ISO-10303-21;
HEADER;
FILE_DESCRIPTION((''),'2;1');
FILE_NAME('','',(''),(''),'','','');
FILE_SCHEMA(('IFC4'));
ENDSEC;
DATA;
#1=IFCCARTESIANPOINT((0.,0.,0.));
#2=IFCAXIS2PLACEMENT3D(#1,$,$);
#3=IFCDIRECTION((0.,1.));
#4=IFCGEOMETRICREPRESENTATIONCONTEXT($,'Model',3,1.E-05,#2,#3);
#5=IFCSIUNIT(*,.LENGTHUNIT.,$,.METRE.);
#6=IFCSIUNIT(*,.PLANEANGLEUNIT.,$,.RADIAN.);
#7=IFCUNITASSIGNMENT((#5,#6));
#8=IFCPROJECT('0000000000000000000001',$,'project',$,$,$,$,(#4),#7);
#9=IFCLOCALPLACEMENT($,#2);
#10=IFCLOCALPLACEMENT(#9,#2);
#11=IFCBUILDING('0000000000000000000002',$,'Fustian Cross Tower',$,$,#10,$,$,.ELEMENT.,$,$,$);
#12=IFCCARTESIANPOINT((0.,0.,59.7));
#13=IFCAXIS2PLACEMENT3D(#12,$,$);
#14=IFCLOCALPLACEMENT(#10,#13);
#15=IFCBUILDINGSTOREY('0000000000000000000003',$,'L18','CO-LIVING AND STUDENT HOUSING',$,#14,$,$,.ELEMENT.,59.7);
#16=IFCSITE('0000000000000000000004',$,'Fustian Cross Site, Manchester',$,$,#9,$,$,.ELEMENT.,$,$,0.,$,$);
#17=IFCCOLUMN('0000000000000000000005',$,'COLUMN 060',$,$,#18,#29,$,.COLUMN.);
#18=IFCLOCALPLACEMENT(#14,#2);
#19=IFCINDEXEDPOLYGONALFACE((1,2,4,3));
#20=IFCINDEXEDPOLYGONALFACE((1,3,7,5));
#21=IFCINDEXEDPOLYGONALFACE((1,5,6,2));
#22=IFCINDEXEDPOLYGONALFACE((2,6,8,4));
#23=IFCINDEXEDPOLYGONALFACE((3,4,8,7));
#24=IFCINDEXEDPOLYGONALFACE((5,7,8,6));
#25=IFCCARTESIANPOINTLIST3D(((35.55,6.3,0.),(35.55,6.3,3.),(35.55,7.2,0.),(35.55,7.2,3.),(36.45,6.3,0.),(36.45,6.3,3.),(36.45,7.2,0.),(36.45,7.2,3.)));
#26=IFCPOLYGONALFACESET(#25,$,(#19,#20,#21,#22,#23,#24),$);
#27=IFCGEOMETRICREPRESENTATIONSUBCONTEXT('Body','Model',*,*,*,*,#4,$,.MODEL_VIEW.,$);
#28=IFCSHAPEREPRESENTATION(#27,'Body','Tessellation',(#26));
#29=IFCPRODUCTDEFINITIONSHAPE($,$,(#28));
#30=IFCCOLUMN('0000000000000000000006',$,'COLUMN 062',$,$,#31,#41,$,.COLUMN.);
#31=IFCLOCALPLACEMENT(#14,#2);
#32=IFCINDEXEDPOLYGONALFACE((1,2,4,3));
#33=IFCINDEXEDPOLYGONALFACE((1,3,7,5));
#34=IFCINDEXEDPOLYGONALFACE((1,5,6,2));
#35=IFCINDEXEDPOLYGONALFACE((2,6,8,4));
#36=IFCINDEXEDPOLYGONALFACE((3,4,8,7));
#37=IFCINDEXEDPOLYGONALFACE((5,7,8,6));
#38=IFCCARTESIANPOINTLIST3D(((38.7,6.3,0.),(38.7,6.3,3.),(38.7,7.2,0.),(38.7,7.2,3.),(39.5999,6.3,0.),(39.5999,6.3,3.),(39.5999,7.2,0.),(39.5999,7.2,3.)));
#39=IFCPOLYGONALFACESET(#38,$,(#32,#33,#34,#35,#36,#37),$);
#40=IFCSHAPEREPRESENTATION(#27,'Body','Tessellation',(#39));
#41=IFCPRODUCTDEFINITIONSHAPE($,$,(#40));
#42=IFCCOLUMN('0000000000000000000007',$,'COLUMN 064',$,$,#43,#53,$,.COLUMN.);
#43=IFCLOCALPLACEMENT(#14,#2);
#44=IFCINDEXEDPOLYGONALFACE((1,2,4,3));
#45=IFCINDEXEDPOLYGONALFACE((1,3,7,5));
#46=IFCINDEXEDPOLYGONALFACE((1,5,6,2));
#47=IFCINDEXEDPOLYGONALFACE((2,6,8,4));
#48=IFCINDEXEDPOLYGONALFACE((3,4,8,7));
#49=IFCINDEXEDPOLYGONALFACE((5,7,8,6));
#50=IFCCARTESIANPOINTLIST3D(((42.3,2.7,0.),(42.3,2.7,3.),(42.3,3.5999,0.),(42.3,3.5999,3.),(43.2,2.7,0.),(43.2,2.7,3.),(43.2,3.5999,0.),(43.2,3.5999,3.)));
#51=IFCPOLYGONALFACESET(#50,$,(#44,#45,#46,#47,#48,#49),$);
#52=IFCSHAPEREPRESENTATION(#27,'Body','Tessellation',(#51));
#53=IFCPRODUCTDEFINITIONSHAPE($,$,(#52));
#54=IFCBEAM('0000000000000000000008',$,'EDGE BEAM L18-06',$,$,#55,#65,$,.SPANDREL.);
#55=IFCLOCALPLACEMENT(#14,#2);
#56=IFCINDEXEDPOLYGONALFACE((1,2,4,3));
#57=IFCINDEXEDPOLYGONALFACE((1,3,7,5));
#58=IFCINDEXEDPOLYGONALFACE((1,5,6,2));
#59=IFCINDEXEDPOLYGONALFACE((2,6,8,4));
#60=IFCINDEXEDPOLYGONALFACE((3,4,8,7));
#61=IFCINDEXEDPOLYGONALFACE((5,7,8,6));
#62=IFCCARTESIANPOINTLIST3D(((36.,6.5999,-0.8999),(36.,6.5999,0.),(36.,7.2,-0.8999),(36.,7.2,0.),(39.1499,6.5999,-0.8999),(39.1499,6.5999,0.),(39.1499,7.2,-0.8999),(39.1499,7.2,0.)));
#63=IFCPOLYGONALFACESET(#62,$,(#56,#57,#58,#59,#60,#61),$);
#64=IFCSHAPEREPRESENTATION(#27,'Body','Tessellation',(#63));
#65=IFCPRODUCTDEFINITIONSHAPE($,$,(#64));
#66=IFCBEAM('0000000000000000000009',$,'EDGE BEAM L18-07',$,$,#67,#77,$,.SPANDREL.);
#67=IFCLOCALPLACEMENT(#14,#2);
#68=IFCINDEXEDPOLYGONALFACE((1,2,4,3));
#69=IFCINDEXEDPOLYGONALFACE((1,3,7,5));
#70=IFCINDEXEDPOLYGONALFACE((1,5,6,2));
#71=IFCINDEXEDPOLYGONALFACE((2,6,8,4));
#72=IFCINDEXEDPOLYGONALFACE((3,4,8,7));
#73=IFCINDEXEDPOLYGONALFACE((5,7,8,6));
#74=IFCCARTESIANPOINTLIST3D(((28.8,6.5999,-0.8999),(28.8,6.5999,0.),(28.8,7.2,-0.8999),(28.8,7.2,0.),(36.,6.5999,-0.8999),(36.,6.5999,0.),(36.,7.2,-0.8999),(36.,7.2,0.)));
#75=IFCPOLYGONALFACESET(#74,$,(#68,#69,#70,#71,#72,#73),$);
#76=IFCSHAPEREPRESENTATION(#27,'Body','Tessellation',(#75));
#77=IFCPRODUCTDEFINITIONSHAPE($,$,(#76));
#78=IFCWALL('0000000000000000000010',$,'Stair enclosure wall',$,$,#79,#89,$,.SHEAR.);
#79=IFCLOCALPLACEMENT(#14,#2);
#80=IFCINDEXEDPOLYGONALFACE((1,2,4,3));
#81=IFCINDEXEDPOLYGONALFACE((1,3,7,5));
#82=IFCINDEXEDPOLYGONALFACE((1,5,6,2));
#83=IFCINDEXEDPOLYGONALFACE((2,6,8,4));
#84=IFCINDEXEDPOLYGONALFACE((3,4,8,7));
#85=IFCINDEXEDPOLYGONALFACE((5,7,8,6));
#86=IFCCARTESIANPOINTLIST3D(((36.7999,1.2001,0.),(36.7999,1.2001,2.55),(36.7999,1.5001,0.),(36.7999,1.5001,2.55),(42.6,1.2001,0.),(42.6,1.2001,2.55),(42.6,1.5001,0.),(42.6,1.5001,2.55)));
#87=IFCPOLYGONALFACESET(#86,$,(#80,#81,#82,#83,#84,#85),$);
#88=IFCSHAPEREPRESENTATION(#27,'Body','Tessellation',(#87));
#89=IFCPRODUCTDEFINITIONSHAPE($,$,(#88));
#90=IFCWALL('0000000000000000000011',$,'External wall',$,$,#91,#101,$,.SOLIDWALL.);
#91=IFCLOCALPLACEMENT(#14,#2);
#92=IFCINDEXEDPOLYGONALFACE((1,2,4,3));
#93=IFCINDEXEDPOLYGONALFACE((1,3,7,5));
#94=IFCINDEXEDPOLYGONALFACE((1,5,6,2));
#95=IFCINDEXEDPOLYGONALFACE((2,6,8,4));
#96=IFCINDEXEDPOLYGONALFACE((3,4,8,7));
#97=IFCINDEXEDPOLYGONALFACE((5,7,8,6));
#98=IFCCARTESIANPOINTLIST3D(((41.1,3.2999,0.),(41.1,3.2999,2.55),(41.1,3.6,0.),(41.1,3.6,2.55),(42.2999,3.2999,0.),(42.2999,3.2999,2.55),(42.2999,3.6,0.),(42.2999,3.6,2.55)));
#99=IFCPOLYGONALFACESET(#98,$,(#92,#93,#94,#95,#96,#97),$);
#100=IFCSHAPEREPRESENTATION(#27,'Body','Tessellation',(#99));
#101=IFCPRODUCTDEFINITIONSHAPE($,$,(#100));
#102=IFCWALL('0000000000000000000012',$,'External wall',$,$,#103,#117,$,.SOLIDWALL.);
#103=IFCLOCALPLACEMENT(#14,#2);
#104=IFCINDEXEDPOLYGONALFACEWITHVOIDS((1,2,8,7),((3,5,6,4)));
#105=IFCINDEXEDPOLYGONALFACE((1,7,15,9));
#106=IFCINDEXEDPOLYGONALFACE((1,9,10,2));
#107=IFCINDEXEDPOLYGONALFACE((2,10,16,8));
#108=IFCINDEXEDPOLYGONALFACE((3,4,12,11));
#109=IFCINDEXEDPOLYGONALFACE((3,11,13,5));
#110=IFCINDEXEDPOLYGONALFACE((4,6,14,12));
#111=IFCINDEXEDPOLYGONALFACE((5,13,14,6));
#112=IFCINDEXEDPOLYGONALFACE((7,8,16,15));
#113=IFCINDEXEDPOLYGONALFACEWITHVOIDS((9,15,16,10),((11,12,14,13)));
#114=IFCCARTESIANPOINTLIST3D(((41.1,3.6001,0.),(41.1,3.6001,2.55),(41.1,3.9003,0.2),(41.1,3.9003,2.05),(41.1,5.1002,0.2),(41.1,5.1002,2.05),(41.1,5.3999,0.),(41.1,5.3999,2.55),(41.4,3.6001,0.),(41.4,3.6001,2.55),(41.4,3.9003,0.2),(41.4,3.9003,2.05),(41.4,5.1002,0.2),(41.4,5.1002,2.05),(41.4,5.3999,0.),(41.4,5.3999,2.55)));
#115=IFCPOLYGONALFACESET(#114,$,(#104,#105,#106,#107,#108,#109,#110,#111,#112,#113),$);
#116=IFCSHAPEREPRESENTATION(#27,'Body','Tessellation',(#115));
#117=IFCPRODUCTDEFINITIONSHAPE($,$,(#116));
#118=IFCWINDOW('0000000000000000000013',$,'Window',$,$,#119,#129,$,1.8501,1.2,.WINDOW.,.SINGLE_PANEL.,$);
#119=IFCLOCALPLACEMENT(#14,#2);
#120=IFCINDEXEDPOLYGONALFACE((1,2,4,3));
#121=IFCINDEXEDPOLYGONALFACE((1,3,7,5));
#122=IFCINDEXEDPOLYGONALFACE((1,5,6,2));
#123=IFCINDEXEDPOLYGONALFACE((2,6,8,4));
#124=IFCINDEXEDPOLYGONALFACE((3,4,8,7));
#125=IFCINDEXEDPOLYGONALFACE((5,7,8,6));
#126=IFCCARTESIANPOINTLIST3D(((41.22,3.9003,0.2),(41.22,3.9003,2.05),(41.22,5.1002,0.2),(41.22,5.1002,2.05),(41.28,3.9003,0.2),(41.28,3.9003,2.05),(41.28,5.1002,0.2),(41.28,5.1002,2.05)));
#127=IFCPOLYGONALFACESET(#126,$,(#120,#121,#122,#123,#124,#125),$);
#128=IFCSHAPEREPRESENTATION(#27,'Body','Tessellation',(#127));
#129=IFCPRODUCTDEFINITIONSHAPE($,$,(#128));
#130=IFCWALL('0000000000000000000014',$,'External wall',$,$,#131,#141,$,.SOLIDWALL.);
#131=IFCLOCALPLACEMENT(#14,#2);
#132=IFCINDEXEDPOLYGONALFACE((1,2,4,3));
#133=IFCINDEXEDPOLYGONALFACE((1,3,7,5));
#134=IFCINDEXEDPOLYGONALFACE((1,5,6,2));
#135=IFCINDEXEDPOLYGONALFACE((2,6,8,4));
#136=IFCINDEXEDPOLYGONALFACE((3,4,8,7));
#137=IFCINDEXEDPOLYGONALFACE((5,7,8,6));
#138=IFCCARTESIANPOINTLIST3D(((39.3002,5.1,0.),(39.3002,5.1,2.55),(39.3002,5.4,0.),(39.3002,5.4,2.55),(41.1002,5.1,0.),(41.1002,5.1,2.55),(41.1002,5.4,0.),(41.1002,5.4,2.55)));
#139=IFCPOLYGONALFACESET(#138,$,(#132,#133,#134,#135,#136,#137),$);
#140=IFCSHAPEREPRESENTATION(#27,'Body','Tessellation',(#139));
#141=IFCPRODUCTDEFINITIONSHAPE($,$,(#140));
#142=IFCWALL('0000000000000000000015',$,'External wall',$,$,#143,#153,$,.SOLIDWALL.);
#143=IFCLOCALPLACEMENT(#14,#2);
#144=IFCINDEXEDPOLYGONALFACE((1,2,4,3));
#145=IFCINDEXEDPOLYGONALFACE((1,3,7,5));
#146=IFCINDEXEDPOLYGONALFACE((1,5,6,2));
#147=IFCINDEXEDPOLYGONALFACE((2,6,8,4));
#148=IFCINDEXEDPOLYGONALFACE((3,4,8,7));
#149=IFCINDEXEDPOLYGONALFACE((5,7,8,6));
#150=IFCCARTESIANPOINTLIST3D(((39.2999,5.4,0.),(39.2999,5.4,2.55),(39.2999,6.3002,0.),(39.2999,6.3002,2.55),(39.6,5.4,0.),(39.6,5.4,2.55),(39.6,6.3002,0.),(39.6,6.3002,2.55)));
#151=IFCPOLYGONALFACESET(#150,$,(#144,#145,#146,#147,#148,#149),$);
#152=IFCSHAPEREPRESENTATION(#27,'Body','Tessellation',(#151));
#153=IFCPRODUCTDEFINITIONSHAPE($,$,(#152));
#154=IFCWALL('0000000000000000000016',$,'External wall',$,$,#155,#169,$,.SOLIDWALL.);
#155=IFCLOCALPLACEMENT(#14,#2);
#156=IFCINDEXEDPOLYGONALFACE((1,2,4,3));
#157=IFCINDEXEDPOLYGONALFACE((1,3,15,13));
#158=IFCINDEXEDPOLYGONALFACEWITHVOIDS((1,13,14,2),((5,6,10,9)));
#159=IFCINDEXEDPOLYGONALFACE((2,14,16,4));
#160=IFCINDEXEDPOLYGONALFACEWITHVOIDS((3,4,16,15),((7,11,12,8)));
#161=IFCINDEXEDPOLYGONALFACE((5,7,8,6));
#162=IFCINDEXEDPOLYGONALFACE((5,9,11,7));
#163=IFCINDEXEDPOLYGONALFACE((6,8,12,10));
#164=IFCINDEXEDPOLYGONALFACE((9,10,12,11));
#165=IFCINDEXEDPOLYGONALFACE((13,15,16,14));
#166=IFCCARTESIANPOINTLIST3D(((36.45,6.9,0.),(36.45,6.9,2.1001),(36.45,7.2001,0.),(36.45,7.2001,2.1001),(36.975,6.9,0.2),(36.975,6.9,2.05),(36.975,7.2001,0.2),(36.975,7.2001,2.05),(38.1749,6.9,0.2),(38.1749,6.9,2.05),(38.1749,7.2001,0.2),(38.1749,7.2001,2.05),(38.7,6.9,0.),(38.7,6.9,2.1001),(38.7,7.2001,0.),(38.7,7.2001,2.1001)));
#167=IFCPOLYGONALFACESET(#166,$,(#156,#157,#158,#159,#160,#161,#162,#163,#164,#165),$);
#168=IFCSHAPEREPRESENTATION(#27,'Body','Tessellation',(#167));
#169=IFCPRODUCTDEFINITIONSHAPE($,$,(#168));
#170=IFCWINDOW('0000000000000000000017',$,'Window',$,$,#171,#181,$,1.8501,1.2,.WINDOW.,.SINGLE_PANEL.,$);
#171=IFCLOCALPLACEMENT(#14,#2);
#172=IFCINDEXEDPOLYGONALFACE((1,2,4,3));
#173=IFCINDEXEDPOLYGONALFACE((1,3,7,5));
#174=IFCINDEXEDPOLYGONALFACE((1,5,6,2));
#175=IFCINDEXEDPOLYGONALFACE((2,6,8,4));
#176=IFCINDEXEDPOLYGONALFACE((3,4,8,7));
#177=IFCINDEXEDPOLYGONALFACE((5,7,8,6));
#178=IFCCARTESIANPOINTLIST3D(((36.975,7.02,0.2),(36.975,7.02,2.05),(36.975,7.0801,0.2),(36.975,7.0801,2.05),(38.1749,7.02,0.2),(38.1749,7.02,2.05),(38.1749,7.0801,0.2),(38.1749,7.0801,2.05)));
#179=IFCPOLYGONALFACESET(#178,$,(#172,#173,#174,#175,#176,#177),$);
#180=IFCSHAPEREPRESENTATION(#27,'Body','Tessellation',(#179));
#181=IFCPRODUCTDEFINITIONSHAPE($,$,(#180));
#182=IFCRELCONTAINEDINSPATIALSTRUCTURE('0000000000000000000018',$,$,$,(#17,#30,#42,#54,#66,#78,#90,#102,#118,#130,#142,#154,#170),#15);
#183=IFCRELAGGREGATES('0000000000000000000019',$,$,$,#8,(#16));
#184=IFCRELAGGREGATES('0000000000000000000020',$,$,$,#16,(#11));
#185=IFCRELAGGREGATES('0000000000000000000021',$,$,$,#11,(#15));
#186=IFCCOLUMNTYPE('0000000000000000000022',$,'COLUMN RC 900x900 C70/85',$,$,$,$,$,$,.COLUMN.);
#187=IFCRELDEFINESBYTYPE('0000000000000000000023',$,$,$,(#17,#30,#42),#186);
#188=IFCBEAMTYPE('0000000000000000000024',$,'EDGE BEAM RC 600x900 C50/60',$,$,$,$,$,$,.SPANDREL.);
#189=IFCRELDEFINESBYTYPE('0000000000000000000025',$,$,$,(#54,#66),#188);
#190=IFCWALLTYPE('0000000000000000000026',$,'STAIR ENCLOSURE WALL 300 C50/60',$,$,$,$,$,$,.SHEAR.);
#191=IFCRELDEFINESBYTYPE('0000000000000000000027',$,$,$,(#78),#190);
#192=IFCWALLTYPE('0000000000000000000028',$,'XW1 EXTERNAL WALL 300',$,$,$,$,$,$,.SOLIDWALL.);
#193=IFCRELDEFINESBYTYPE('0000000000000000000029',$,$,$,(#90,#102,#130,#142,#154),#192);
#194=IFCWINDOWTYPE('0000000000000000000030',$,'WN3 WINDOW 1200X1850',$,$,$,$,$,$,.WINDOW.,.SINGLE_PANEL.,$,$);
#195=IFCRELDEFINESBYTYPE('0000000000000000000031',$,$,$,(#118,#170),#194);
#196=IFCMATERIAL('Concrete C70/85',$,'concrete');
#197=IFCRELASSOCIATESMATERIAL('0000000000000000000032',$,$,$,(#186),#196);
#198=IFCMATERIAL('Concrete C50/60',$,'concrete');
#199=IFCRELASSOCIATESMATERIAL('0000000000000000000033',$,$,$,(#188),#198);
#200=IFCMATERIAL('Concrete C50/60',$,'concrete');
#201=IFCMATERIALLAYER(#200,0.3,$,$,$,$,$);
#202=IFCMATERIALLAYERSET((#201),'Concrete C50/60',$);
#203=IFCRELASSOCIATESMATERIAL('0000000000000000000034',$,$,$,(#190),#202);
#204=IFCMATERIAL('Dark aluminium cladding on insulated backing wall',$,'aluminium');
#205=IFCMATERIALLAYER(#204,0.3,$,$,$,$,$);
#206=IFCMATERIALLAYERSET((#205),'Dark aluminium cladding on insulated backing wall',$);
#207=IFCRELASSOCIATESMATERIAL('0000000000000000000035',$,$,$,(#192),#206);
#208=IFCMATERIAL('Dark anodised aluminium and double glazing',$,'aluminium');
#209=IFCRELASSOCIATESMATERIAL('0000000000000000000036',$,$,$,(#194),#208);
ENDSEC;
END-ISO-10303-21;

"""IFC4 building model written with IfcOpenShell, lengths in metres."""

from ifc_helpers import new_model, si_unit, direction, frame, frame_2d, origin, origin_2d, place, context, subcontext, project, spatial, rectangle, extrude, material, layer, layer_set, material_profile, profile_set, type_object, element, fill, save


model = new_model("IFC4")

# Units and contexts
model_context = context("Model", 3, precision=1e-05, world=origin(), true_north=direction((0.0, 1.0)))
body_context = subcontext(model_context, "Body", "Model", "MODEL_VIEW")
ifc_project = project(units=[si_unit("LENGTHUNIT", "METRE"), si_unit("PLANEANGLEUNIT", "RADIAN")], contexts=[model_context])

# Site, building, storey
site_placement = place(None, origin())
site = spatial("IfcSite", under=ifc_project, at=site_placement, Name="Fustian Cross Site, Manchester", CompositionType="ELEMENT", RefElevation=0.0)
building_placement = place(site_placement, origin())
building = spatial("IfcBuilding", under=site, at=building_placement, Name="Fustian Cross Tower", CompositionType="ELEMENT")
storey_placement = place(building_placement, frame((0.0, 0.0, 59.7)))
storey = spatial("IfcBuildingStorey", under=building, at=storey_placement, Name="L18", Description="CO-LIVING AND STUDENT HOUSING", CompositionType="ELEMENT", Elevation=59.7)

# Columns
ifc_material_1 = material(Name="Concrete C70/85", Category="concrete")
ifc_material_profile_1 = material_profile(ifc_material_1, rectangle(XDim=0.8999, YDim=0.8999, at=origin_2d()), Name="RC 900x900")
ifc_profile_set_1 = profile_set([ifc_material_profile_1], Name="Concrete C70/85")
column_type = type_object("IfcColumnType", Name="COLUMN RC 900x900 C70/85", PredefinedType="COLUMN", material=ifc_profile_set_1)
for number, where, z_axis, x_axis, name in (
    (1, (36.0, 6.75, 0.0), (0.0, 0.0, 1.0), (1.0, 0.0, 0.0), "COLUMN 060"),
    (2, (39.1499, 6.75, 0.0), (0.0, 0.0, 1.0), (1.0, 0.0, 0.0), "COLUMN 062"),
    (3, (42.75, 3.1499, 0.0), (0.0, 0.0, 1.0), (1.0, 0.0, 0.0), "COLUMN 064"),
):
    element("IfcColumn", number, at=place(storey_placement, frame(where, z_axis=z_axis, x_axis=x_axis)), inside=storey, type_object=column_type, Name=name, PredefinedType="COLUMN", context=body_context, shape_type="SweptSolid", body=[
        extrude(rectangle(XDim=0.8999, YDim=0.8999, at=origin_2d()), origin(), (0.0, 0.0, 1.0), 3.0),
    ])

# Beams
ifc_material_2 = material(Name="Concrete C50/60", Category="concrete")
ifc_material_profile_2 = material_profile(ifc_material_2, rectangle(XDim=0.6001, YDim=0.8999, at=origin_2d()), Name="RC 600x900")
ifc_profile_set_2 = profile_set([ifc_material_profile_2], Name="Concrete C50/60")
beam_type = type_object("IfcBeamType", Name="EDGE BEAM RC 600x900 C50/60", PredefinedType="SPANDREL", material=ifc_profile_set_2)
beam_1_placement = place(storey_placement, frame((39.1499, 6.8999, -0.45), z_axis=(-1.0, 0.0, 0.0), x_axis=(0.0, -1.0, 0.0)))
element("IfcBeam", 4, at=beam_1_placement, inside=storey, type_object=beam_type, Name="EDGE BEAM L18-06", PredefinedType="SPANDREL", context=body_context, shape_type="SweptSolid", body=[
    extrude(rectangle(XDim=0.6001, YDim=0.8999, at=origin_2d()), origin(), (0.0, 0.0, 1.0), 3.1499),
])
beam_2_placement = place(storey_placement, frame((36.0, 6.8999, -0.45), z_axis=(-1.0, 0.0, 0.0), x_axis=(0.0, -1.0, 0.0)))
element("IfcBeam", 5, at=beam_2_placement, inside=storey, type_object=beam_type, Name="EDGE BEAM L18-07", PredefinedType="SPANDREL", context=body_context, shape_type="SweptSolid", body=[
    extrude(rectangle(XDim=0.6001, YDim=0.8999, at=origin_2d()), origin(), (0.0, 0.0, 1.0), 7.2),
])

# Walls
ifc_material_3 = material(Name="Concrete C50/60", Category="concrete")
ifc_layer_1 = layer(ifc_material_3, 0.3)
ifc_layer_set_1 = layer_set([ifc_layer_1], Name="Concrete C50/60")
wall_type_1 = type_object("IfcWallType", Name="STAIR ENCLOSURE WALL 300 C50/60", PredefinedType="SHEAR", material=ifc_layer_set_1)
wall_1_placement = place(storey_placement, frame((36.8, 1.3501, 0.0), z_axis=(0.0, 0.0, 1.0), x_axis=(1.0, 0.0, 0.0)))
element("IfcWall", 6, at=wall_1_placement, inside=storey, type_object=wall_type_1, Name="Stair enclosure wall", PredefinedType="SHEAR", context=body_context, shape_type="SweptSolid", body=[
    extrude(rectangle(XDim=5.8, YDim=0.3, at=frame_2d((2.8999, 0.0))), origin(), (0.0, 0.0, 1.0), 2.55),
])
ifc_material_4 = material(Name="Dark aluminium cladding on insulated backing wall", Category="aluminium")
ifc_layer_2 = layer(ifc_material_4, 0.3)
ifc_layer_set_2 = layer_set([ifc_layer_2], Name="Dark aluminium cladding on insulated backing wall")
wall_type_2 = type_object("IfcWallType", Name="XW1 EXTERNAL WALL 300", PredefinedType="SOLIDWALL", material=ifc_layer_set_2)
wall_2_placement = place(storey_placement, frame((42.3, 3.45, 0.0), z_axis=(0.0, 0.0, 1.0), x_axis=(-1.0, 0.0, 0.0)))
element("IfcWall", 7, at=wall_2_placement, inside=storey, type_object=wall_type_2, Name="External wall", PredefinedType="SOLIDWALL", context=body_context, shape_type="SweptSolid", body=[
    extrude(rectangle(XDim=1.2, YDim=0.3, at=frame_2d((0.6001, 0.0))), origin(), (0.0, 0.0, 1.0), 2.55),
])

# Wall, opening, window
wall_3_placement = place(storey_placement, frame((41.25, 3.6001, 0.0), z_axis=(0.0, 0.0, 1.0), x_axis=(0.0, 1.0, 0.0)))
wall_3 = element("IfcWall", 8, at=wall_3_placement, inside=storey, type_object=wall_type_2, Name="External wall", PredefinedType="SOLIDWALL", context=body_context, shape_type="SweptSolid", body=[
    extrude(rectangle(XDim=1.7998, YDim=0.3, at=frame_2d((0.8999, 0.0))), origin(), (0.0, 0.0, 1.0), 2.55),
])
opening_1_placement = place(wall_3_placement, frame((0.3, 0.0, 0.2)))
opening_1 = element("IfcOpeningElement", 9, at=opening_1_placement, cuts=wall_3, PredefinedType="OPENING", context=body_context, shape_type="SweptSolid", body=[
    extrude(rectangle(XDim=1.2, YDim=1.8501, at=frame_2d((0.6001, 0.925))), frame((0.0, 0.1599, 0.0), z_axis=(0.0, -1.0, 0.0), x_axis=(1.0, 0.0, 0.0)), (0.0, 0.0, 1.0), 0.3201),
])
ifc_material_5 = material(Name="Dark anodised aluminium and double glazing", Category="aluminium")
window_type_1 = type_object("IfcWindowType", Name="WN3 WINDOW 1200X1850", PartitioningType="SINGLE_PANEL", PredefinedType="WINDOW", material=ifc_material_5)
window_1_placement = place(opening_1_placement, origin())
window_1 = element("IfcWindow", 10, at=window_1_placement, inside=storey, type_object=window_type_1, Name="Window", OverallHeight=1.8501, OverallWidth=1.2, PartitioningType="SINGLE_PANEL", PredefinedType="WINDOW", context=body_context, shape_type="SweptSolid", body=[
    extrude(rectangle(XDim=1.2, YDim=1.8501, at=frame_2d((0.6001, 0.925))), frame((0.0, 0.03, 0.0), z_axis=(0.0, -1.0, 0.0), x_axis=(1.0, 0.0, 0.0)), (0.0, 0.0, 1.0), 0.0601),
])
fill(opening_1, window_1)

# Walls
wall_4_placement = place(storey_placement, frame((41.1001, 5.25, 0.0), z_axis=(0.0, 0.0, 1.0), x_axis=(-1.0, 0.0, 0.0)))
element("IfcWall", 11, at=wall_4_placement, inside=storey, type_object=wall_type_2, Name="External wall", PredefinedType="SOLIDWALL", context=body_context, shape_type="SweptSolid", body=[
    extrude(rectangle(XDim=1.8, YDim=0.3, at=frame_2d((0.8999, 0.0))), origin(), (0.0, 0.0, 1.0), 2.55),
])
wall_5_placement = place(storey_placement, frame((39.45, 5.3999, 0.0), z_axis=(0.0, 0.0, 1.0), x_axis=(0.0, 1.0, 0.0)))
element("IfcWall", 12, at=wall_5_placement, inside=storey, type_object=wall_type_2, Name="External wall", PredefinedType="SOLIDWALL", context=body_context, shape_type="SweptSolid", body=[
    extrude(rectangle(XDim=0.9001, YDim=0.3, at=frame_2d((0.4502, 0.0))), origin(), (0.0, 0.0, 1.0), 2.55),
])

# Wall, opening, window
wall_6_placement = place(storey_placement, frame((38.7, 7.05, 0.0), z_axis=(0.0, 0.0, 1.0), x_axis=(-1.0, 0.0, 0.0)))
wall_6 = element("IfcWall", 13, at=wall_6_placement, inside=storey, type_object=wall_type_2, Name="External wall", PredefinedType="SOLIDWALL", context=body_context, shape_type="SweptSolid", body=[
    extrude(rectangle(XDim=2.25, YDim=0.3, at=frame_2d((1.125, 0.0))), origin(), (0.0, 0.0, 1.0), 2.1001),
])
opening_2_placement = place(wall_6_placement, frame((0.5249, 0.0, 0.2)))
opening_2 = element("IfcOpeningElement", 14, at=opening_2_placement, cuts=wall_6, PredefinedType="OPENING", context=body_context, shape_type="SweptSolid", body=[
    extrude(rectangle(XDim=1.2, YDim=1.8501, at=frame_2d((0.6001, 0.925))), frame((0.0, 0.1599, 0.0), z_axis=(0.0, -1.0, 0.0), x_axis=(1.0, 0.0, 0.0)), (0.0, 0.0, 1.0), 0.3201),
])
window_2_placement = place(opening_2_placement, origin())
window_2 = element("IfcWindow", 15, at=window_2_placement, inside=storey, type_object=window_type_1, Name="Window", OverallHeight=1.8501, OverallWidth=1.2, PartitioningType="SINGLE_PANEL", PredefinedType="WINDOW", context=body_context, shape_type="SweptSolid", body=[
    extrude(rectangle(XDim=1.2, YDim=1.8501, at=frame_2d((0.6001, 0.925))), frame((0.0, 0.03, 0.0), z_axis=(0.0, -1.0, 0.0), x_axis=(1.0, 0.0, 0.0)), (0.0, 0.0, 1.0), 0.0601),
])
fill(opening_2, window_2)

save(model, "model.ifc")
